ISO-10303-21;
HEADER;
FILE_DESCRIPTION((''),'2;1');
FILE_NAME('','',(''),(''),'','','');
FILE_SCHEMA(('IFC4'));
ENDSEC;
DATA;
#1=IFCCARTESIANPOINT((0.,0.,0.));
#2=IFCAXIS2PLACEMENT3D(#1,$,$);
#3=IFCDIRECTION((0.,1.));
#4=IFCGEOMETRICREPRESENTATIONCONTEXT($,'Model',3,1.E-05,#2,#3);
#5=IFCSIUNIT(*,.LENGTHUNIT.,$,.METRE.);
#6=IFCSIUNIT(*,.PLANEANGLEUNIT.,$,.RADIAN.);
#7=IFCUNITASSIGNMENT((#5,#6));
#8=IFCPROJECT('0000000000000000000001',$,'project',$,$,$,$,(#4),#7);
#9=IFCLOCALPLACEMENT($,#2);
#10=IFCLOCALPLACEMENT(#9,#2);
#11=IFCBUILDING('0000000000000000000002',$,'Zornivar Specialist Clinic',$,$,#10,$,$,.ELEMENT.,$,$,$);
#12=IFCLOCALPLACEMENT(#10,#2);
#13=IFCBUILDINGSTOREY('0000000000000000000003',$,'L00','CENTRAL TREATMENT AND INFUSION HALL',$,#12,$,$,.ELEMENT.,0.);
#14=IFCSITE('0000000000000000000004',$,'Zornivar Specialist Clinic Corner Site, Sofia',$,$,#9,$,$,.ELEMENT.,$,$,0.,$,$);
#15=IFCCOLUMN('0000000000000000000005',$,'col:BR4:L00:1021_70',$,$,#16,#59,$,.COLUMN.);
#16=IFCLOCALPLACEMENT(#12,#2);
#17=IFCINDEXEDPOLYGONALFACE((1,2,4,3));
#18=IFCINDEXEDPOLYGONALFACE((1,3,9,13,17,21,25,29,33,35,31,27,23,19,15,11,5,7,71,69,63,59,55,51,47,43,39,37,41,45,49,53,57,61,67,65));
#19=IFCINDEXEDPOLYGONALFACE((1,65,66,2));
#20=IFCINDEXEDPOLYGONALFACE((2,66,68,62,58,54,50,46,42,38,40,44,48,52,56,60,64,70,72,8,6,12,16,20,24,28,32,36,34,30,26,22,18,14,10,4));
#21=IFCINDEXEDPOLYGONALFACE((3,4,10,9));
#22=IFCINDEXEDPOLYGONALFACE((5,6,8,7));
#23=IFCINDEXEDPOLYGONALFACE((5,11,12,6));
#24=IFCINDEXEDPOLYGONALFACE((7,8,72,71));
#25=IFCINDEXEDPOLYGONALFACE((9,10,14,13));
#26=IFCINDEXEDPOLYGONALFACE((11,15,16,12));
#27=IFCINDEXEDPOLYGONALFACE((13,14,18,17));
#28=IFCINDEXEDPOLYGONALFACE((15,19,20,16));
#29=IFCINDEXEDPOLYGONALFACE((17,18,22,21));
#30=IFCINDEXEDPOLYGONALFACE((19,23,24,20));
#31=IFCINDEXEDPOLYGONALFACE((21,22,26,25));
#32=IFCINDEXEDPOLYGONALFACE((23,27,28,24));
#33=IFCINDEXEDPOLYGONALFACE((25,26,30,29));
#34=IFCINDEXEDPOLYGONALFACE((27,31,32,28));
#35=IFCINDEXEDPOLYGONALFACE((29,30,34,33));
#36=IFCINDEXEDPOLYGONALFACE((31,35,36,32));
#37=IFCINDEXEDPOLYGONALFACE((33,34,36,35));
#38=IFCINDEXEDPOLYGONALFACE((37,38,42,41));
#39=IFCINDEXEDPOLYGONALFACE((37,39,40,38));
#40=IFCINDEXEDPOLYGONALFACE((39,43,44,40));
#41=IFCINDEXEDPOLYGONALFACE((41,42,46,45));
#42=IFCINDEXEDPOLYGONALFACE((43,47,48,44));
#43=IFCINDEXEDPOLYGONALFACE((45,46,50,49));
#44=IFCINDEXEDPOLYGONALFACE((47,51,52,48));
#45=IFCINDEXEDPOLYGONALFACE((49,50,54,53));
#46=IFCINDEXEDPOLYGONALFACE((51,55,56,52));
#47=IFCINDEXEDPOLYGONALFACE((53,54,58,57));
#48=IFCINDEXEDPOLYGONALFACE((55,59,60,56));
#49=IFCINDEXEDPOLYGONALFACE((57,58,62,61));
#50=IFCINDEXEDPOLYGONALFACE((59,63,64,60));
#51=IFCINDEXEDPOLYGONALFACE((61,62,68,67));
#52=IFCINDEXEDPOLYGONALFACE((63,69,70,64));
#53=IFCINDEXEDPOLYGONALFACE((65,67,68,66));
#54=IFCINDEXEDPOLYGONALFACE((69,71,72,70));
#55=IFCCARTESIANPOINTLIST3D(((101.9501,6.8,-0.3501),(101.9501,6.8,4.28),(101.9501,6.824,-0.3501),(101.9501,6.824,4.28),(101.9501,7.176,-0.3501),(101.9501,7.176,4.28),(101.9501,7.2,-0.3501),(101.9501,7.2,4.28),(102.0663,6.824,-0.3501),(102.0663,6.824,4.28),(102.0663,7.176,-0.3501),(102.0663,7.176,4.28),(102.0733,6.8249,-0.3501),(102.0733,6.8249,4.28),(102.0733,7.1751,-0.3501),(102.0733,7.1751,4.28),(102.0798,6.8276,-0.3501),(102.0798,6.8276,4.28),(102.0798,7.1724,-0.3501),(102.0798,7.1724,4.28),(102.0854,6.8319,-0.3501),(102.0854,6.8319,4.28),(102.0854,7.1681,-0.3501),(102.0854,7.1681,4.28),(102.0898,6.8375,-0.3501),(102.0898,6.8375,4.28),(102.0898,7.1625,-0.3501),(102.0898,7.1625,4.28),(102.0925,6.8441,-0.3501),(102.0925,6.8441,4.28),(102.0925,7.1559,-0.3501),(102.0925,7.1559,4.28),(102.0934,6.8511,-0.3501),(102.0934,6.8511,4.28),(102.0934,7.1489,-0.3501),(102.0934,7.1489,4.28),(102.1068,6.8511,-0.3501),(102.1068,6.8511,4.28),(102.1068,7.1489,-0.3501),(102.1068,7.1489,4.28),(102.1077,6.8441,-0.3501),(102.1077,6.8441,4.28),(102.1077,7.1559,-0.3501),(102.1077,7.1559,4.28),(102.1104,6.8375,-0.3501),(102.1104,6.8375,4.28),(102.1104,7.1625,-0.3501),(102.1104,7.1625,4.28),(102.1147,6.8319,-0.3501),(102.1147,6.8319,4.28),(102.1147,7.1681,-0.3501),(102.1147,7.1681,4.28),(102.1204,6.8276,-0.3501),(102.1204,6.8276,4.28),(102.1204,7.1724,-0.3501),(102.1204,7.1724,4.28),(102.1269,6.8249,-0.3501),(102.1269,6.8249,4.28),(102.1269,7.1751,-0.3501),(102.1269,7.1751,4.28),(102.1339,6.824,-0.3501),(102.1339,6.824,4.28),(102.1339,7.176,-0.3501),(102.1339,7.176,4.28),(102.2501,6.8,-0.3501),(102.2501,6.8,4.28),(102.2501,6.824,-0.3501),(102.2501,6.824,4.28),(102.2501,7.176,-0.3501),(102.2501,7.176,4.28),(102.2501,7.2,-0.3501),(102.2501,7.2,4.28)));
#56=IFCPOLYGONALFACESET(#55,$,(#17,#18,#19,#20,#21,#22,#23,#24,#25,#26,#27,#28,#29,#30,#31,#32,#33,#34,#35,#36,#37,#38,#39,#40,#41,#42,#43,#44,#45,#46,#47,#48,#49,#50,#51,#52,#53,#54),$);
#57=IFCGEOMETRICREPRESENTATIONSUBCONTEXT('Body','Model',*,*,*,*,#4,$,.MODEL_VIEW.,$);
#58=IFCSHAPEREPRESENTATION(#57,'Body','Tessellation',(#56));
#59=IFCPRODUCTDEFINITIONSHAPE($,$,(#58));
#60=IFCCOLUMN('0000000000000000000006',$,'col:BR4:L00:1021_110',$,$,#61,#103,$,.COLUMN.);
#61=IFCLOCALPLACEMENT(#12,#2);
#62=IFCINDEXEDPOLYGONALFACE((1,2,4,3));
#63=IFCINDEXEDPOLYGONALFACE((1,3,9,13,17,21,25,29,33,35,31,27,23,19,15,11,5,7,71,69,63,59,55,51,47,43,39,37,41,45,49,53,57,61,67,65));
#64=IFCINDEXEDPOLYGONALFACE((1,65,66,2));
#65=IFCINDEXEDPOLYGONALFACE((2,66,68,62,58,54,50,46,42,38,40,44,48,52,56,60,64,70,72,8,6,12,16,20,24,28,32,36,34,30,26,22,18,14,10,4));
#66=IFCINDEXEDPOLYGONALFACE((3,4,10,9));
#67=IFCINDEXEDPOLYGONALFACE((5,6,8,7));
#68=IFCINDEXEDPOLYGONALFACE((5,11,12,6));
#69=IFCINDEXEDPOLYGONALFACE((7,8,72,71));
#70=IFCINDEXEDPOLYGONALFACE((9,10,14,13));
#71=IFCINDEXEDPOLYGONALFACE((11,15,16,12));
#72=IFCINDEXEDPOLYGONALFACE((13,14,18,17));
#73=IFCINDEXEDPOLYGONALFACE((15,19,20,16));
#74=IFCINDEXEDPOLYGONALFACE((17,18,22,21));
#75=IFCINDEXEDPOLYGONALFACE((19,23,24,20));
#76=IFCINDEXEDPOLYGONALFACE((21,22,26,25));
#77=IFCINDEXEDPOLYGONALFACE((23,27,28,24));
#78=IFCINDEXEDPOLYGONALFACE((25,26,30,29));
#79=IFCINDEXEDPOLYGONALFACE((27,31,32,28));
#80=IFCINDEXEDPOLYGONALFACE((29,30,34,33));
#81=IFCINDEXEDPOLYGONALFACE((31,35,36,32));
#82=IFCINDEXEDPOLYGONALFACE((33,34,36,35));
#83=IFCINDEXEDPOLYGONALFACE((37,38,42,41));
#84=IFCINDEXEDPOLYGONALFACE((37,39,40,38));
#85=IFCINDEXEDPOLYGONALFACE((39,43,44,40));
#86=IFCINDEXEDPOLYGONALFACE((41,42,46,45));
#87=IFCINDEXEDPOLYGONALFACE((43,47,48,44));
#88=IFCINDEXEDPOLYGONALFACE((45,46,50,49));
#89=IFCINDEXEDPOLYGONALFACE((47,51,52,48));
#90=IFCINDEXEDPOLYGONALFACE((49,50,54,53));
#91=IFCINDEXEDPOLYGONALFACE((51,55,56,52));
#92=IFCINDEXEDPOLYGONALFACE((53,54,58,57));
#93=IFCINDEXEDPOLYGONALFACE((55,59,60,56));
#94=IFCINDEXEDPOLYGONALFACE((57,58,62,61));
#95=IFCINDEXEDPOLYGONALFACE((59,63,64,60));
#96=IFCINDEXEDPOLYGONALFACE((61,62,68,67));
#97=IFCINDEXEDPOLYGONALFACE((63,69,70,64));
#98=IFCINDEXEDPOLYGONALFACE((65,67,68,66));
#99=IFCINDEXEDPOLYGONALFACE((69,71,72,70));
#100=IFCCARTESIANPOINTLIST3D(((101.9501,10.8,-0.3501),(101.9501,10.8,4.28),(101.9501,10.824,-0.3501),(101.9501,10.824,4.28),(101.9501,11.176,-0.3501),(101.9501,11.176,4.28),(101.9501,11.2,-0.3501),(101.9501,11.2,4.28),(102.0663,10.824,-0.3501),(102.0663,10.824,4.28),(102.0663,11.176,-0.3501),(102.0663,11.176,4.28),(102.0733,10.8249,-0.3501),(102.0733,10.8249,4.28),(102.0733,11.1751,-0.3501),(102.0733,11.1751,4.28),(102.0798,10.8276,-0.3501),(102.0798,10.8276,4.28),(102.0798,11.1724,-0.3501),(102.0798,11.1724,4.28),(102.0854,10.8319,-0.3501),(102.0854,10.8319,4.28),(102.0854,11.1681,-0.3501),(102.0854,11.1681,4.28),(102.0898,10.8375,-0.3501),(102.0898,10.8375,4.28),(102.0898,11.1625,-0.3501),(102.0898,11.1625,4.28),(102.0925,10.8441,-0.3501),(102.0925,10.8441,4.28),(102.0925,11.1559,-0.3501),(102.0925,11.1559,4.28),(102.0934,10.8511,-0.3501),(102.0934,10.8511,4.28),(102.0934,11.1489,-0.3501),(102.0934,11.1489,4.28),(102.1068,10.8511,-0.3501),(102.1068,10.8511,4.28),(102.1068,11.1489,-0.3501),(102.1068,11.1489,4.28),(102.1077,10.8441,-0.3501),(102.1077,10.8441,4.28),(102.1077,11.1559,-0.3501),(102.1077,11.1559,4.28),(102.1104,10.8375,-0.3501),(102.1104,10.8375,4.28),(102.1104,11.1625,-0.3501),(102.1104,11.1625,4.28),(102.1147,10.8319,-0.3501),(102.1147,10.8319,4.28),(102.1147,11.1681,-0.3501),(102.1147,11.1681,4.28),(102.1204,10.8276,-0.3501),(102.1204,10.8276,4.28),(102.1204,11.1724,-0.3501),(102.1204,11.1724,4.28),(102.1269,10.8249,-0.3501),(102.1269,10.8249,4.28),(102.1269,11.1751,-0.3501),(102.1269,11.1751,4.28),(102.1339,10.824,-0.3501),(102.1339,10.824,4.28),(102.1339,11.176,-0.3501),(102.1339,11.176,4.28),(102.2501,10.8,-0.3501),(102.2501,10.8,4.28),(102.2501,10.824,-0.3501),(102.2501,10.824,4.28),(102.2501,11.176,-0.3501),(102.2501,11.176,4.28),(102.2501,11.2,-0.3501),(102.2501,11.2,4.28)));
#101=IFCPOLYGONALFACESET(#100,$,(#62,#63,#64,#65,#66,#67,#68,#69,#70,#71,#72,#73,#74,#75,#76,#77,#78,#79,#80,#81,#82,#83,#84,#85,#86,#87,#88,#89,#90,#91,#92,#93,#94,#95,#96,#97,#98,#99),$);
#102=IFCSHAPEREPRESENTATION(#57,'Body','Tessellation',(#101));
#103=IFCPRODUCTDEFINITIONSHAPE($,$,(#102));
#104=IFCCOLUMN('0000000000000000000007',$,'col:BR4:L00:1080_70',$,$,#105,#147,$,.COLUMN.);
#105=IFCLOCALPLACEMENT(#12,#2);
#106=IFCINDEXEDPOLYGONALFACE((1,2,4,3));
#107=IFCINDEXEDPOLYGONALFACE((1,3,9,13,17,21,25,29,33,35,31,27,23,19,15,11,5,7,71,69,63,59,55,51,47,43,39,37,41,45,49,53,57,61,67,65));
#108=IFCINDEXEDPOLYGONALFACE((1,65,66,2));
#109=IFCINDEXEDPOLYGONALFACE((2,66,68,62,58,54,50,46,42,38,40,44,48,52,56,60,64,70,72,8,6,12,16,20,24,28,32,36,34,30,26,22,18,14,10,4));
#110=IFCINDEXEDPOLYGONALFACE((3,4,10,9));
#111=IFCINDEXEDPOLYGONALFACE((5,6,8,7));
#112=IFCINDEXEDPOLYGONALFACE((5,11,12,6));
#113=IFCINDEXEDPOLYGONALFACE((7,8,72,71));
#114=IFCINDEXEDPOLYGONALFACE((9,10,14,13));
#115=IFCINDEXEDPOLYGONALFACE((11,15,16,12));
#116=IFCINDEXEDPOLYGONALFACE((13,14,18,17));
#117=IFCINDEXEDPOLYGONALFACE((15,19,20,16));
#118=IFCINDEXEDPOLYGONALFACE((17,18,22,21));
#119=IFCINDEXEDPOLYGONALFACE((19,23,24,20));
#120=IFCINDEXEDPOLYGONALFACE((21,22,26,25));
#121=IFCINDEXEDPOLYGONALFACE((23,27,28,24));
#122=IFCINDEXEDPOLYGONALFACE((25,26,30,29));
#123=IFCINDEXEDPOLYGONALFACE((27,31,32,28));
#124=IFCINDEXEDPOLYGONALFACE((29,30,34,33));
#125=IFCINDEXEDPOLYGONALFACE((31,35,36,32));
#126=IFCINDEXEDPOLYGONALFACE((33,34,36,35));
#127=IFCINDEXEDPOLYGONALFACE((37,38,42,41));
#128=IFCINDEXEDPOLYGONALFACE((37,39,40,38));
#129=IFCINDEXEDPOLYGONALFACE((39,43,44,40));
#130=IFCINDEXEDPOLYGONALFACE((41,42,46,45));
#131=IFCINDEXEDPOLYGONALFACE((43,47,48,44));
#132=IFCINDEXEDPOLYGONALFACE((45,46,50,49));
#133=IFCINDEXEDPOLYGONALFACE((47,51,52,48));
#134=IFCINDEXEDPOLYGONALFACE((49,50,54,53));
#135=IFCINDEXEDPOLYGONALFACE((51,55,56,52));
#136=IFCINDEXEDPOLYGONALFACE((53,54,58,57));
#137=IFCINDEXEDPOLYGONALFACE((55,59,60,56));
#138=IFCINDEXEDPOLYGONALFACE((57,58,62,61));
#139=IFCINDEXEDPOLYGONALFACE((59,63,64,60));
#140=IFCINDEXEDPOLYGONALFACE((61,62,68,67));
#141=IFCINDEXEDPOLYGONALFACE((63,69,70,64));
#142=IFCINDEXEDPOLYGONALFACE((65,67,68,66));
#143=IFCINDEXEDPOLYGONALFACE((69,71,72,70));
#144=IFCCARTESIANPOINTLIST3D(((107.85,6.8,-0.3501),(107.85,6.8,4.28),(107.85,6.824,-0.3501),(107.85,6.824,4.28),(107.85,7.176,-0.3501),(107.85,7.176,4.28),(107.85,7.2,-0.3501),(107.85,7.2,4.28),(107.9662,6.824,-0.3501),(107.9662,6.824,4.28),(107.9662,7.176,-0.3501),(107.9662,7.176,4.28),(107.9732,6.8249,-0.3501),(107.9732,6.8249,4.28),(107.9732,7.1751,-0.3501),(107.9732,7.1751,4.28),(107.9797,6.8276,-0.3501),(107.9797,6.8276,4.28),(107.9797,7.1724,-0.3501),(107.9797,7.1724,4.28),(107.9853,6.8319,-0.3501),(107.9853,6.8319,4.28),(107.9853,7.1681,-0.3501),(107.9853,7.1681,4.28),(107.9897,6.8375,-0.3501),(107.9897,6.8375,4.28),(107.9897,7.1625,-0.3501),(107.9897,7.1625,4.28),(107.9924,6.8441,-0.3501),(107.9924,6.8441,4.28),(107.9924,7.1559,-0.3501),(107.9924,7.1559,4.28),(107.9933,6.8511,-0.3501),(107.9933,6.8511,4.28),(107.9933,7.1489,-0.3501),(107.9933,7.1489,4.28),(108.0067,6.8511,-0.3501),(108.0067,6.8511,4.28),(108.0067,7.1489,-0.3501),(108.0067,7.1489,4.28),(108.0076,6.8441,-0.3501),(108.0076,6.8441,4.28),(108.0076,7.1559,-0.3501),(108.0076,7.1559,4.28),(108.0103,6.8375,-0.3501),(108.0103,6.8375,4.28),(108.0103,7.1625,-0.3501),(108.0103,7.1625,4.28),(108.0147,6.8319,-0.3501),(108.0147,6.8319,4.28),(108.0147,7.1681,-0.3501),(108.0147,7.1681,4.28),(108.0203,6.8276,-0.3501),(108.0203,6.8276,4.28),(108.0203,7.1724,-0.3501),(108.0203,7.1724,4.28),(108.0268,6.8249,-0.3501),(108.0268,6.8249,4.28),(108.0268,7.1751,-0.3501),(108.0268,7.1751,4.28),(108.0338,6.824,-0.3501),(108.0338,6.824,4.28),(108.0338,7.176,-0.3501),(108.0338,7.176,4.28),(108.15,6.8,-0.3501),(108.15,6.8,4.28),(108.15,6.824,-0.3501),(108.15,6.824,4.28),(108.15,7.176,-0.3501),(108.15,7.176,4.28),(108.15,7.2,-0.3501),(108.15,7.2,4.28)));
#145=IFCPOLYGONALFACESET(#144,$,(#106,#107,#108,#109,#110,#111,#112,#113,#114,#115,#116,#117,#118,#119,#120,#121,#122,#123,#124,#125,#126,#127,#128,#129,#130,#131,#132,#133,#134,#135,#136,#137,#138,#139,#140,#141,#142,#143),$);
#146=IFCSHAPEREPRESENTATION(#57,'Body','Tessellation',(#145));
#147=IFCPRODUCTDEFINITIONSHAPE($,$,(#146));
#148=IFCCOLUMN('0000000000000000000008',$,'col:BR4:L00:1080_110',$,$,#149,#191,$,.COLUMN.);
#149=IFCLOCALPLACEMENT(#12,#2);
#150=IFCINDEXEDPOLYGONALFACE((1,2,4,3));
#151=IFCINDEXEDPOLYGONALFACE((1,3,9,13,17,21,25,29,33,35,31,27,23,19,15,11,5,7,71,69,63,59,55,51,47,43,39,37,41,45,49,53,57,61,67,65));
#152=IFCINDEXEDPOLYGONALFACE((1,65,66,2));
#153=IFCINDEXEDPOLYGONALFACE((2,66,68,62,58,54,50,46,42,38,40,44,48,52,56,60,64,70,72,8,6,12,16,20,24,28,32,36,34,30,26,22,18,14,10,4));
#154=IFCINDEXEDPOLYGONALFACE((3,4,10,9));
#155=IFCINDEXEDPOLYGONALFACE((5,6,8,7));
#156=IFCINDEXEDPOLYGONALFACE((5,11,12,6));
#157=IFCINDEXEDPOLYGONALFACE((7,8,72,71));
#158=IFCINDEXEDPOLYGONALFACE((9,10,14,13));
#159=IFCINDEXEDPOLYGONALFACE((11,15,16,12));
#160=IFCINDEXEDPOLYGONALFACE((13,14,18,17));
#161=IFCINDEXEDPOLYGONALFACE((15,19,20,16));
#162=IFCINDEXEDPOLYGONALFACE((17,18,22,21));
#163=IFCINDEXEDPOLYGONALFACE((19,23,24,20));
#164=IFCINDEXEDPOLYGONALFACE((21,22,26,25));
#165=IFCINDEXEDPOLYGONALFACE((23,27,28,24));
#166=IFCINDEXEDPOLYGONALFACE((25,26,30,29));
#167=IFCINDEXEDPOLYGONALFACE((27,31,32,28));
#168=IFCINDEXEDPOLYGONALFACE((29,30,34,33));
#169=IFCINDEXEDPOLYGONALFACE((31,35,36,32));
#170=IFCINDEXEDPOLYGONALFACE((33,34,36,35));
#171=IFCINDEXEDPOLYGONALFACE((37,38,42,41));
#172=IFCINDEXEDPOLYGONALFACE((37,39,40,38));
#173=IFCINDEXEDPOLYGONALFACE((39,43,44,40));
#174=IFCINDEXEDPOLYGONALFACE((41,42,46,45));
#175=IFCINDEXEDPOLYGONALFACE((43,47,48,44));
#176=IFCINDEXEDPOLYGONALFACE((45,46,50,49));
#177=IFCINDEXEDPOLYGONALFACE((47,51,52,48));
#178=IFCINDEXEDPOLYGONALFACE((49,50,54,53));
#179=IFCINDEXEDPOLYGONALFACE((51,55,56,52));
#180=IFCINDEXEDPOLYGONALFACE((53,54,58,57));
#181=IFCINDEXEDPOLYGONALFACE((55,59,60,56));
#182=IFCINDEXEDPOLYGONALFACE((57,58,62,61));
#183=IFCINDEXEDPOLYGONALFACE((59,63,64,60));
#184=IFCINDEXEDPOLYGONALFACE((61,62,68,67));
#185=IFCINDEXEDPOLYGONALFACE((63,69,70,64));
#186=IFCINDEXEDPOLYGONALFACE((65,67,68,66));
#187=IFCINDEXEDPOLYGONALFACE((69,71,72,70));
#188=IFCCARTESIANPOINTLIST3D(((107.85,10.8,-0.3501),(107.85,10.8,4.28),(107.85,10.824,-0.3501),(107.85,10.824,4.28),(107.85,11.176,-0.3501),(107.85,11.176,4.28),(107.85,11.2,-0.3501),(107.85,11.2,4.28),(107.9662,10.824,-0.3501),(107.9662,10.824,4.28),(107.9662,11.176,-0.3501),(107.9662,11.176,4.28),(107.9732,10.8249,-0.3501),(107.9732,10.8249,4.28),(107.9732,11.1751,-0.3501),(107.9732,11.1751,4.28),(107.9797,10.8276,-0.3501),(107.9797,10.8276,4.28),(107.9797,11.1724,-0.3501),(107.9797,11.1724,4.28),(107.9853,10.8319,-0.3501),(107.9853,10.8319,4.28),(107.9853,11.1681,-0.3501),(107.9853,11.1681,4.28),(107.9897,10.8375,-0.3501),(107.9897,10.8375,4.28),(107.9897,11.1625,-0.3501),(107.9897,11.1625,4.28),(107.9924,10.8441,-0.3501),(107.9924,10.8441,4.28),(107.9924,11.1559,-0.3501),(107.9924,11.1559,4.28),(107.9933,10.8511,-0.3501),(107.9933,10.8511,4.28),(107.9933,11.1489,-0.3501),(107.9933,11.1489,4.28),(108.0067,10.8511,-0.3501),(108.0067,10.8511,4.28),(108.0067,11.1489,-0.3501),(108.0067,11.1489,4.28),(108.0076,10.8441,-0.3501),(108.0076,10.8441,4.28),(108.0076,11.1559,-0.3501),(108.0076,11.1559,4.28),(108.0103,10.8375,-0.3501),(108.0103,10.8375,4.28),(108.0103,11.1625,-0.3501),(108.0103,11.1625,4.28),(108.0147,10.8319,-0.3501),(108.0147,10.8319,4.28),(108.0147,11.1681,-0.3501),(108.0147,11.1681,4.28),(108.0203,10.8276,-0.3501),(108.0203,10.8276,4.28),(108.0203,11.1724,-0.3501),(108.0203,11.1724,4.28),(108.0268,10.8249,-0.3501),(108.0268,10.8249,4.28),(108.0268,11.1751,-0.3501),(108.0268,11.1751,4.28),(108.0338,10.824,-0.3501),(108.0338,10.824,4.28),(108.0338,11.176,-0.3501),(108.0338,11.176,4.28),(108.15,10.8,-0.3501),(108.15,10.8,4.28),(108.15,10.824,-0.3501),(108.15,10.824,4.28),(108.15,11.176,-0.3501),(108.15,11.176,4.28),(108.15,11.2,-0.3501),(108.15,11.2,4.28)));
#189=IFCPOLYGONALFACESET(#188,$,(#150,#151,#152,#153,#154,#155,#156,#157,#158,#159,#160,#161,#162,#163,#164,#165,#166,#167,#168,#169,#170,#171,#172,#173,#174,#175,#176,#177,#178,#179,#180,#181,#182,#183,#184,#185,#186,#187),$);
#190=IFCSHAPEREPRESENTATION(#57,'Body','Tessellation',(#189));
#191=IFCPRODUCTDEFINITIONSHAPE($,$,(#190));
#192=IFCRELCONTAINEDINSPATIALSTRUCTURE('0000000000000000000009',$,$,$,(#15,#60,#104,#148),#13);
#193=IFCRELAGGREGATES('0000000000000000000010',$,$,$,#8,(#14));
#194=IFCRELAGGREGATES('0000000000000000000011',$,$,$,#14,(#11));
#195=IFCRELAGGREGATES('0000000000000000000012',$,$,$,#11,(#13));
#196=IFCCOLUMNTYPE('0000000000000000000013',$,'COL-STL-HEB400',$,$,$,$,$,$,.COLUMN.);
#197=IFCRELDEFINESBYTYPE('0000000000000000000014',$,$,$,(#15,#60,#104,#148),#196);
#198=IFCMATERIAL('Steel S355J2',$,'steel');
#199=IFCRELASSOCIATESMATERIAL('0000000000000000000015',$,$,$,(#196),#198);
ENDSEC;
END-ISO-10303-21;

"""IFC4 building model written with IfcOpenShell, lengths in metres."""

from ifc_helpers import new_model, si_unit, direction, frame, origin, origin_2d, place, context, subcontext, project, spatial, i_section, extrude, material, material_profile, profile_set, type_object, element, save


model = new_model("IFC4")

# Units and contexts
model_context = context("Model", 3, precision=1e-05, world=origin(), true_north=direction((0.0, 1.0)))
body_context = subcontext(model_context, "Body", "Model", "MODEL_VIEW")
ifc_project = project(units=[si_unit("LENGTHUNIT", "METRE"), si_unit("PLANEANGLEUNIT", "RADIAN")], contexts=[model_context])

# Site, building, storey
site_placement = place(None, origin())
site = spatial("IfcSite", under=ifc_project, at=site_placement, Name="Zornivar Specialist Clinic Corner Site, Sofia", CompositionType="ELEMENT", RefElevation=0.0)
building_placement = place(site_placement, origin())
building = spatial("IfcBuilding", under=site, at=building_placement, Name="Zornivar Specialist Clinic", CompositionType="ELEMENT")
storey_placement = place(building_placement, origin())
storey = spatial("IfcBuildingStorey", under=building, at=storey_placement, Name="L00", Description="CENTRAL TREATMENT AND INFUSION HALL", CompositionType="ELEMENT", Elevation=0.0)

# Columns
ifc_material_1 = material(Name="Steel S355J2", Category="steel")
ifc_material_profile_1 = material_profile(ifc_material_1, i_section(OverallWidth=0.3, OverallDepth=0.3999, WebThickness=0.0134, FlangeThickness=0.0239, FilletRadius=0.0271, at=origin_2d()), Name="HEB 400")
ifc_profile_set_1 = profile_set([ifc_material_profile_1], Name="Steel S355J2")
column_type = type_object("IfcColumnType", Name="COL-STL-HEB400", PredefinedType="COLUMN", material=ifc_profile_set_1)
for number, where, z_axis, x_axis, name in (
    (1, (102.1001, 7.0, -0.3501), (0.0, 0.0, 1.0), (1.0, 0.0, 0.0), "col:BR4:L00:1021_70"),
    (2, (102.1001, 11.0, -0.3501), (0.0, 0.0, 1.0), (1.0, 0.0, 0.0), "col:BR4:L00:1021_110"),
    (3, (108.0, 7.0, -0.3501), (0.0, 0.0, 1.0), (1.0, 0.0, 0.0), "col:BR4:L00:1080_70"),
    (4, (108.0, 11.0, -0.3501), (0.0, 0.0, 1.0), (1.0, 0.0, 0.0), "col:BR4:L00:1080_110"),
):
    element("IfcColumn", number, at=place(storey_placement, frame(where, z_axis=z_axis, x_axis=x_axis)), inside=storey, type_object=column_type, Name=name, PredefinedType="COLUMN", context=body_context, shape_type="SweptSolid", body=[
        extrude(i_section(OverallWidth=0.3, OverallDepth=0.3999, WebThickness=0.0134, FlangeThickness=0.0239, FilletRadius=0.0271, at=origin_2d()), origin(), (0.0, 0.0, 1.0), 4.6301),
    ])

save(model, "model.ifc")
